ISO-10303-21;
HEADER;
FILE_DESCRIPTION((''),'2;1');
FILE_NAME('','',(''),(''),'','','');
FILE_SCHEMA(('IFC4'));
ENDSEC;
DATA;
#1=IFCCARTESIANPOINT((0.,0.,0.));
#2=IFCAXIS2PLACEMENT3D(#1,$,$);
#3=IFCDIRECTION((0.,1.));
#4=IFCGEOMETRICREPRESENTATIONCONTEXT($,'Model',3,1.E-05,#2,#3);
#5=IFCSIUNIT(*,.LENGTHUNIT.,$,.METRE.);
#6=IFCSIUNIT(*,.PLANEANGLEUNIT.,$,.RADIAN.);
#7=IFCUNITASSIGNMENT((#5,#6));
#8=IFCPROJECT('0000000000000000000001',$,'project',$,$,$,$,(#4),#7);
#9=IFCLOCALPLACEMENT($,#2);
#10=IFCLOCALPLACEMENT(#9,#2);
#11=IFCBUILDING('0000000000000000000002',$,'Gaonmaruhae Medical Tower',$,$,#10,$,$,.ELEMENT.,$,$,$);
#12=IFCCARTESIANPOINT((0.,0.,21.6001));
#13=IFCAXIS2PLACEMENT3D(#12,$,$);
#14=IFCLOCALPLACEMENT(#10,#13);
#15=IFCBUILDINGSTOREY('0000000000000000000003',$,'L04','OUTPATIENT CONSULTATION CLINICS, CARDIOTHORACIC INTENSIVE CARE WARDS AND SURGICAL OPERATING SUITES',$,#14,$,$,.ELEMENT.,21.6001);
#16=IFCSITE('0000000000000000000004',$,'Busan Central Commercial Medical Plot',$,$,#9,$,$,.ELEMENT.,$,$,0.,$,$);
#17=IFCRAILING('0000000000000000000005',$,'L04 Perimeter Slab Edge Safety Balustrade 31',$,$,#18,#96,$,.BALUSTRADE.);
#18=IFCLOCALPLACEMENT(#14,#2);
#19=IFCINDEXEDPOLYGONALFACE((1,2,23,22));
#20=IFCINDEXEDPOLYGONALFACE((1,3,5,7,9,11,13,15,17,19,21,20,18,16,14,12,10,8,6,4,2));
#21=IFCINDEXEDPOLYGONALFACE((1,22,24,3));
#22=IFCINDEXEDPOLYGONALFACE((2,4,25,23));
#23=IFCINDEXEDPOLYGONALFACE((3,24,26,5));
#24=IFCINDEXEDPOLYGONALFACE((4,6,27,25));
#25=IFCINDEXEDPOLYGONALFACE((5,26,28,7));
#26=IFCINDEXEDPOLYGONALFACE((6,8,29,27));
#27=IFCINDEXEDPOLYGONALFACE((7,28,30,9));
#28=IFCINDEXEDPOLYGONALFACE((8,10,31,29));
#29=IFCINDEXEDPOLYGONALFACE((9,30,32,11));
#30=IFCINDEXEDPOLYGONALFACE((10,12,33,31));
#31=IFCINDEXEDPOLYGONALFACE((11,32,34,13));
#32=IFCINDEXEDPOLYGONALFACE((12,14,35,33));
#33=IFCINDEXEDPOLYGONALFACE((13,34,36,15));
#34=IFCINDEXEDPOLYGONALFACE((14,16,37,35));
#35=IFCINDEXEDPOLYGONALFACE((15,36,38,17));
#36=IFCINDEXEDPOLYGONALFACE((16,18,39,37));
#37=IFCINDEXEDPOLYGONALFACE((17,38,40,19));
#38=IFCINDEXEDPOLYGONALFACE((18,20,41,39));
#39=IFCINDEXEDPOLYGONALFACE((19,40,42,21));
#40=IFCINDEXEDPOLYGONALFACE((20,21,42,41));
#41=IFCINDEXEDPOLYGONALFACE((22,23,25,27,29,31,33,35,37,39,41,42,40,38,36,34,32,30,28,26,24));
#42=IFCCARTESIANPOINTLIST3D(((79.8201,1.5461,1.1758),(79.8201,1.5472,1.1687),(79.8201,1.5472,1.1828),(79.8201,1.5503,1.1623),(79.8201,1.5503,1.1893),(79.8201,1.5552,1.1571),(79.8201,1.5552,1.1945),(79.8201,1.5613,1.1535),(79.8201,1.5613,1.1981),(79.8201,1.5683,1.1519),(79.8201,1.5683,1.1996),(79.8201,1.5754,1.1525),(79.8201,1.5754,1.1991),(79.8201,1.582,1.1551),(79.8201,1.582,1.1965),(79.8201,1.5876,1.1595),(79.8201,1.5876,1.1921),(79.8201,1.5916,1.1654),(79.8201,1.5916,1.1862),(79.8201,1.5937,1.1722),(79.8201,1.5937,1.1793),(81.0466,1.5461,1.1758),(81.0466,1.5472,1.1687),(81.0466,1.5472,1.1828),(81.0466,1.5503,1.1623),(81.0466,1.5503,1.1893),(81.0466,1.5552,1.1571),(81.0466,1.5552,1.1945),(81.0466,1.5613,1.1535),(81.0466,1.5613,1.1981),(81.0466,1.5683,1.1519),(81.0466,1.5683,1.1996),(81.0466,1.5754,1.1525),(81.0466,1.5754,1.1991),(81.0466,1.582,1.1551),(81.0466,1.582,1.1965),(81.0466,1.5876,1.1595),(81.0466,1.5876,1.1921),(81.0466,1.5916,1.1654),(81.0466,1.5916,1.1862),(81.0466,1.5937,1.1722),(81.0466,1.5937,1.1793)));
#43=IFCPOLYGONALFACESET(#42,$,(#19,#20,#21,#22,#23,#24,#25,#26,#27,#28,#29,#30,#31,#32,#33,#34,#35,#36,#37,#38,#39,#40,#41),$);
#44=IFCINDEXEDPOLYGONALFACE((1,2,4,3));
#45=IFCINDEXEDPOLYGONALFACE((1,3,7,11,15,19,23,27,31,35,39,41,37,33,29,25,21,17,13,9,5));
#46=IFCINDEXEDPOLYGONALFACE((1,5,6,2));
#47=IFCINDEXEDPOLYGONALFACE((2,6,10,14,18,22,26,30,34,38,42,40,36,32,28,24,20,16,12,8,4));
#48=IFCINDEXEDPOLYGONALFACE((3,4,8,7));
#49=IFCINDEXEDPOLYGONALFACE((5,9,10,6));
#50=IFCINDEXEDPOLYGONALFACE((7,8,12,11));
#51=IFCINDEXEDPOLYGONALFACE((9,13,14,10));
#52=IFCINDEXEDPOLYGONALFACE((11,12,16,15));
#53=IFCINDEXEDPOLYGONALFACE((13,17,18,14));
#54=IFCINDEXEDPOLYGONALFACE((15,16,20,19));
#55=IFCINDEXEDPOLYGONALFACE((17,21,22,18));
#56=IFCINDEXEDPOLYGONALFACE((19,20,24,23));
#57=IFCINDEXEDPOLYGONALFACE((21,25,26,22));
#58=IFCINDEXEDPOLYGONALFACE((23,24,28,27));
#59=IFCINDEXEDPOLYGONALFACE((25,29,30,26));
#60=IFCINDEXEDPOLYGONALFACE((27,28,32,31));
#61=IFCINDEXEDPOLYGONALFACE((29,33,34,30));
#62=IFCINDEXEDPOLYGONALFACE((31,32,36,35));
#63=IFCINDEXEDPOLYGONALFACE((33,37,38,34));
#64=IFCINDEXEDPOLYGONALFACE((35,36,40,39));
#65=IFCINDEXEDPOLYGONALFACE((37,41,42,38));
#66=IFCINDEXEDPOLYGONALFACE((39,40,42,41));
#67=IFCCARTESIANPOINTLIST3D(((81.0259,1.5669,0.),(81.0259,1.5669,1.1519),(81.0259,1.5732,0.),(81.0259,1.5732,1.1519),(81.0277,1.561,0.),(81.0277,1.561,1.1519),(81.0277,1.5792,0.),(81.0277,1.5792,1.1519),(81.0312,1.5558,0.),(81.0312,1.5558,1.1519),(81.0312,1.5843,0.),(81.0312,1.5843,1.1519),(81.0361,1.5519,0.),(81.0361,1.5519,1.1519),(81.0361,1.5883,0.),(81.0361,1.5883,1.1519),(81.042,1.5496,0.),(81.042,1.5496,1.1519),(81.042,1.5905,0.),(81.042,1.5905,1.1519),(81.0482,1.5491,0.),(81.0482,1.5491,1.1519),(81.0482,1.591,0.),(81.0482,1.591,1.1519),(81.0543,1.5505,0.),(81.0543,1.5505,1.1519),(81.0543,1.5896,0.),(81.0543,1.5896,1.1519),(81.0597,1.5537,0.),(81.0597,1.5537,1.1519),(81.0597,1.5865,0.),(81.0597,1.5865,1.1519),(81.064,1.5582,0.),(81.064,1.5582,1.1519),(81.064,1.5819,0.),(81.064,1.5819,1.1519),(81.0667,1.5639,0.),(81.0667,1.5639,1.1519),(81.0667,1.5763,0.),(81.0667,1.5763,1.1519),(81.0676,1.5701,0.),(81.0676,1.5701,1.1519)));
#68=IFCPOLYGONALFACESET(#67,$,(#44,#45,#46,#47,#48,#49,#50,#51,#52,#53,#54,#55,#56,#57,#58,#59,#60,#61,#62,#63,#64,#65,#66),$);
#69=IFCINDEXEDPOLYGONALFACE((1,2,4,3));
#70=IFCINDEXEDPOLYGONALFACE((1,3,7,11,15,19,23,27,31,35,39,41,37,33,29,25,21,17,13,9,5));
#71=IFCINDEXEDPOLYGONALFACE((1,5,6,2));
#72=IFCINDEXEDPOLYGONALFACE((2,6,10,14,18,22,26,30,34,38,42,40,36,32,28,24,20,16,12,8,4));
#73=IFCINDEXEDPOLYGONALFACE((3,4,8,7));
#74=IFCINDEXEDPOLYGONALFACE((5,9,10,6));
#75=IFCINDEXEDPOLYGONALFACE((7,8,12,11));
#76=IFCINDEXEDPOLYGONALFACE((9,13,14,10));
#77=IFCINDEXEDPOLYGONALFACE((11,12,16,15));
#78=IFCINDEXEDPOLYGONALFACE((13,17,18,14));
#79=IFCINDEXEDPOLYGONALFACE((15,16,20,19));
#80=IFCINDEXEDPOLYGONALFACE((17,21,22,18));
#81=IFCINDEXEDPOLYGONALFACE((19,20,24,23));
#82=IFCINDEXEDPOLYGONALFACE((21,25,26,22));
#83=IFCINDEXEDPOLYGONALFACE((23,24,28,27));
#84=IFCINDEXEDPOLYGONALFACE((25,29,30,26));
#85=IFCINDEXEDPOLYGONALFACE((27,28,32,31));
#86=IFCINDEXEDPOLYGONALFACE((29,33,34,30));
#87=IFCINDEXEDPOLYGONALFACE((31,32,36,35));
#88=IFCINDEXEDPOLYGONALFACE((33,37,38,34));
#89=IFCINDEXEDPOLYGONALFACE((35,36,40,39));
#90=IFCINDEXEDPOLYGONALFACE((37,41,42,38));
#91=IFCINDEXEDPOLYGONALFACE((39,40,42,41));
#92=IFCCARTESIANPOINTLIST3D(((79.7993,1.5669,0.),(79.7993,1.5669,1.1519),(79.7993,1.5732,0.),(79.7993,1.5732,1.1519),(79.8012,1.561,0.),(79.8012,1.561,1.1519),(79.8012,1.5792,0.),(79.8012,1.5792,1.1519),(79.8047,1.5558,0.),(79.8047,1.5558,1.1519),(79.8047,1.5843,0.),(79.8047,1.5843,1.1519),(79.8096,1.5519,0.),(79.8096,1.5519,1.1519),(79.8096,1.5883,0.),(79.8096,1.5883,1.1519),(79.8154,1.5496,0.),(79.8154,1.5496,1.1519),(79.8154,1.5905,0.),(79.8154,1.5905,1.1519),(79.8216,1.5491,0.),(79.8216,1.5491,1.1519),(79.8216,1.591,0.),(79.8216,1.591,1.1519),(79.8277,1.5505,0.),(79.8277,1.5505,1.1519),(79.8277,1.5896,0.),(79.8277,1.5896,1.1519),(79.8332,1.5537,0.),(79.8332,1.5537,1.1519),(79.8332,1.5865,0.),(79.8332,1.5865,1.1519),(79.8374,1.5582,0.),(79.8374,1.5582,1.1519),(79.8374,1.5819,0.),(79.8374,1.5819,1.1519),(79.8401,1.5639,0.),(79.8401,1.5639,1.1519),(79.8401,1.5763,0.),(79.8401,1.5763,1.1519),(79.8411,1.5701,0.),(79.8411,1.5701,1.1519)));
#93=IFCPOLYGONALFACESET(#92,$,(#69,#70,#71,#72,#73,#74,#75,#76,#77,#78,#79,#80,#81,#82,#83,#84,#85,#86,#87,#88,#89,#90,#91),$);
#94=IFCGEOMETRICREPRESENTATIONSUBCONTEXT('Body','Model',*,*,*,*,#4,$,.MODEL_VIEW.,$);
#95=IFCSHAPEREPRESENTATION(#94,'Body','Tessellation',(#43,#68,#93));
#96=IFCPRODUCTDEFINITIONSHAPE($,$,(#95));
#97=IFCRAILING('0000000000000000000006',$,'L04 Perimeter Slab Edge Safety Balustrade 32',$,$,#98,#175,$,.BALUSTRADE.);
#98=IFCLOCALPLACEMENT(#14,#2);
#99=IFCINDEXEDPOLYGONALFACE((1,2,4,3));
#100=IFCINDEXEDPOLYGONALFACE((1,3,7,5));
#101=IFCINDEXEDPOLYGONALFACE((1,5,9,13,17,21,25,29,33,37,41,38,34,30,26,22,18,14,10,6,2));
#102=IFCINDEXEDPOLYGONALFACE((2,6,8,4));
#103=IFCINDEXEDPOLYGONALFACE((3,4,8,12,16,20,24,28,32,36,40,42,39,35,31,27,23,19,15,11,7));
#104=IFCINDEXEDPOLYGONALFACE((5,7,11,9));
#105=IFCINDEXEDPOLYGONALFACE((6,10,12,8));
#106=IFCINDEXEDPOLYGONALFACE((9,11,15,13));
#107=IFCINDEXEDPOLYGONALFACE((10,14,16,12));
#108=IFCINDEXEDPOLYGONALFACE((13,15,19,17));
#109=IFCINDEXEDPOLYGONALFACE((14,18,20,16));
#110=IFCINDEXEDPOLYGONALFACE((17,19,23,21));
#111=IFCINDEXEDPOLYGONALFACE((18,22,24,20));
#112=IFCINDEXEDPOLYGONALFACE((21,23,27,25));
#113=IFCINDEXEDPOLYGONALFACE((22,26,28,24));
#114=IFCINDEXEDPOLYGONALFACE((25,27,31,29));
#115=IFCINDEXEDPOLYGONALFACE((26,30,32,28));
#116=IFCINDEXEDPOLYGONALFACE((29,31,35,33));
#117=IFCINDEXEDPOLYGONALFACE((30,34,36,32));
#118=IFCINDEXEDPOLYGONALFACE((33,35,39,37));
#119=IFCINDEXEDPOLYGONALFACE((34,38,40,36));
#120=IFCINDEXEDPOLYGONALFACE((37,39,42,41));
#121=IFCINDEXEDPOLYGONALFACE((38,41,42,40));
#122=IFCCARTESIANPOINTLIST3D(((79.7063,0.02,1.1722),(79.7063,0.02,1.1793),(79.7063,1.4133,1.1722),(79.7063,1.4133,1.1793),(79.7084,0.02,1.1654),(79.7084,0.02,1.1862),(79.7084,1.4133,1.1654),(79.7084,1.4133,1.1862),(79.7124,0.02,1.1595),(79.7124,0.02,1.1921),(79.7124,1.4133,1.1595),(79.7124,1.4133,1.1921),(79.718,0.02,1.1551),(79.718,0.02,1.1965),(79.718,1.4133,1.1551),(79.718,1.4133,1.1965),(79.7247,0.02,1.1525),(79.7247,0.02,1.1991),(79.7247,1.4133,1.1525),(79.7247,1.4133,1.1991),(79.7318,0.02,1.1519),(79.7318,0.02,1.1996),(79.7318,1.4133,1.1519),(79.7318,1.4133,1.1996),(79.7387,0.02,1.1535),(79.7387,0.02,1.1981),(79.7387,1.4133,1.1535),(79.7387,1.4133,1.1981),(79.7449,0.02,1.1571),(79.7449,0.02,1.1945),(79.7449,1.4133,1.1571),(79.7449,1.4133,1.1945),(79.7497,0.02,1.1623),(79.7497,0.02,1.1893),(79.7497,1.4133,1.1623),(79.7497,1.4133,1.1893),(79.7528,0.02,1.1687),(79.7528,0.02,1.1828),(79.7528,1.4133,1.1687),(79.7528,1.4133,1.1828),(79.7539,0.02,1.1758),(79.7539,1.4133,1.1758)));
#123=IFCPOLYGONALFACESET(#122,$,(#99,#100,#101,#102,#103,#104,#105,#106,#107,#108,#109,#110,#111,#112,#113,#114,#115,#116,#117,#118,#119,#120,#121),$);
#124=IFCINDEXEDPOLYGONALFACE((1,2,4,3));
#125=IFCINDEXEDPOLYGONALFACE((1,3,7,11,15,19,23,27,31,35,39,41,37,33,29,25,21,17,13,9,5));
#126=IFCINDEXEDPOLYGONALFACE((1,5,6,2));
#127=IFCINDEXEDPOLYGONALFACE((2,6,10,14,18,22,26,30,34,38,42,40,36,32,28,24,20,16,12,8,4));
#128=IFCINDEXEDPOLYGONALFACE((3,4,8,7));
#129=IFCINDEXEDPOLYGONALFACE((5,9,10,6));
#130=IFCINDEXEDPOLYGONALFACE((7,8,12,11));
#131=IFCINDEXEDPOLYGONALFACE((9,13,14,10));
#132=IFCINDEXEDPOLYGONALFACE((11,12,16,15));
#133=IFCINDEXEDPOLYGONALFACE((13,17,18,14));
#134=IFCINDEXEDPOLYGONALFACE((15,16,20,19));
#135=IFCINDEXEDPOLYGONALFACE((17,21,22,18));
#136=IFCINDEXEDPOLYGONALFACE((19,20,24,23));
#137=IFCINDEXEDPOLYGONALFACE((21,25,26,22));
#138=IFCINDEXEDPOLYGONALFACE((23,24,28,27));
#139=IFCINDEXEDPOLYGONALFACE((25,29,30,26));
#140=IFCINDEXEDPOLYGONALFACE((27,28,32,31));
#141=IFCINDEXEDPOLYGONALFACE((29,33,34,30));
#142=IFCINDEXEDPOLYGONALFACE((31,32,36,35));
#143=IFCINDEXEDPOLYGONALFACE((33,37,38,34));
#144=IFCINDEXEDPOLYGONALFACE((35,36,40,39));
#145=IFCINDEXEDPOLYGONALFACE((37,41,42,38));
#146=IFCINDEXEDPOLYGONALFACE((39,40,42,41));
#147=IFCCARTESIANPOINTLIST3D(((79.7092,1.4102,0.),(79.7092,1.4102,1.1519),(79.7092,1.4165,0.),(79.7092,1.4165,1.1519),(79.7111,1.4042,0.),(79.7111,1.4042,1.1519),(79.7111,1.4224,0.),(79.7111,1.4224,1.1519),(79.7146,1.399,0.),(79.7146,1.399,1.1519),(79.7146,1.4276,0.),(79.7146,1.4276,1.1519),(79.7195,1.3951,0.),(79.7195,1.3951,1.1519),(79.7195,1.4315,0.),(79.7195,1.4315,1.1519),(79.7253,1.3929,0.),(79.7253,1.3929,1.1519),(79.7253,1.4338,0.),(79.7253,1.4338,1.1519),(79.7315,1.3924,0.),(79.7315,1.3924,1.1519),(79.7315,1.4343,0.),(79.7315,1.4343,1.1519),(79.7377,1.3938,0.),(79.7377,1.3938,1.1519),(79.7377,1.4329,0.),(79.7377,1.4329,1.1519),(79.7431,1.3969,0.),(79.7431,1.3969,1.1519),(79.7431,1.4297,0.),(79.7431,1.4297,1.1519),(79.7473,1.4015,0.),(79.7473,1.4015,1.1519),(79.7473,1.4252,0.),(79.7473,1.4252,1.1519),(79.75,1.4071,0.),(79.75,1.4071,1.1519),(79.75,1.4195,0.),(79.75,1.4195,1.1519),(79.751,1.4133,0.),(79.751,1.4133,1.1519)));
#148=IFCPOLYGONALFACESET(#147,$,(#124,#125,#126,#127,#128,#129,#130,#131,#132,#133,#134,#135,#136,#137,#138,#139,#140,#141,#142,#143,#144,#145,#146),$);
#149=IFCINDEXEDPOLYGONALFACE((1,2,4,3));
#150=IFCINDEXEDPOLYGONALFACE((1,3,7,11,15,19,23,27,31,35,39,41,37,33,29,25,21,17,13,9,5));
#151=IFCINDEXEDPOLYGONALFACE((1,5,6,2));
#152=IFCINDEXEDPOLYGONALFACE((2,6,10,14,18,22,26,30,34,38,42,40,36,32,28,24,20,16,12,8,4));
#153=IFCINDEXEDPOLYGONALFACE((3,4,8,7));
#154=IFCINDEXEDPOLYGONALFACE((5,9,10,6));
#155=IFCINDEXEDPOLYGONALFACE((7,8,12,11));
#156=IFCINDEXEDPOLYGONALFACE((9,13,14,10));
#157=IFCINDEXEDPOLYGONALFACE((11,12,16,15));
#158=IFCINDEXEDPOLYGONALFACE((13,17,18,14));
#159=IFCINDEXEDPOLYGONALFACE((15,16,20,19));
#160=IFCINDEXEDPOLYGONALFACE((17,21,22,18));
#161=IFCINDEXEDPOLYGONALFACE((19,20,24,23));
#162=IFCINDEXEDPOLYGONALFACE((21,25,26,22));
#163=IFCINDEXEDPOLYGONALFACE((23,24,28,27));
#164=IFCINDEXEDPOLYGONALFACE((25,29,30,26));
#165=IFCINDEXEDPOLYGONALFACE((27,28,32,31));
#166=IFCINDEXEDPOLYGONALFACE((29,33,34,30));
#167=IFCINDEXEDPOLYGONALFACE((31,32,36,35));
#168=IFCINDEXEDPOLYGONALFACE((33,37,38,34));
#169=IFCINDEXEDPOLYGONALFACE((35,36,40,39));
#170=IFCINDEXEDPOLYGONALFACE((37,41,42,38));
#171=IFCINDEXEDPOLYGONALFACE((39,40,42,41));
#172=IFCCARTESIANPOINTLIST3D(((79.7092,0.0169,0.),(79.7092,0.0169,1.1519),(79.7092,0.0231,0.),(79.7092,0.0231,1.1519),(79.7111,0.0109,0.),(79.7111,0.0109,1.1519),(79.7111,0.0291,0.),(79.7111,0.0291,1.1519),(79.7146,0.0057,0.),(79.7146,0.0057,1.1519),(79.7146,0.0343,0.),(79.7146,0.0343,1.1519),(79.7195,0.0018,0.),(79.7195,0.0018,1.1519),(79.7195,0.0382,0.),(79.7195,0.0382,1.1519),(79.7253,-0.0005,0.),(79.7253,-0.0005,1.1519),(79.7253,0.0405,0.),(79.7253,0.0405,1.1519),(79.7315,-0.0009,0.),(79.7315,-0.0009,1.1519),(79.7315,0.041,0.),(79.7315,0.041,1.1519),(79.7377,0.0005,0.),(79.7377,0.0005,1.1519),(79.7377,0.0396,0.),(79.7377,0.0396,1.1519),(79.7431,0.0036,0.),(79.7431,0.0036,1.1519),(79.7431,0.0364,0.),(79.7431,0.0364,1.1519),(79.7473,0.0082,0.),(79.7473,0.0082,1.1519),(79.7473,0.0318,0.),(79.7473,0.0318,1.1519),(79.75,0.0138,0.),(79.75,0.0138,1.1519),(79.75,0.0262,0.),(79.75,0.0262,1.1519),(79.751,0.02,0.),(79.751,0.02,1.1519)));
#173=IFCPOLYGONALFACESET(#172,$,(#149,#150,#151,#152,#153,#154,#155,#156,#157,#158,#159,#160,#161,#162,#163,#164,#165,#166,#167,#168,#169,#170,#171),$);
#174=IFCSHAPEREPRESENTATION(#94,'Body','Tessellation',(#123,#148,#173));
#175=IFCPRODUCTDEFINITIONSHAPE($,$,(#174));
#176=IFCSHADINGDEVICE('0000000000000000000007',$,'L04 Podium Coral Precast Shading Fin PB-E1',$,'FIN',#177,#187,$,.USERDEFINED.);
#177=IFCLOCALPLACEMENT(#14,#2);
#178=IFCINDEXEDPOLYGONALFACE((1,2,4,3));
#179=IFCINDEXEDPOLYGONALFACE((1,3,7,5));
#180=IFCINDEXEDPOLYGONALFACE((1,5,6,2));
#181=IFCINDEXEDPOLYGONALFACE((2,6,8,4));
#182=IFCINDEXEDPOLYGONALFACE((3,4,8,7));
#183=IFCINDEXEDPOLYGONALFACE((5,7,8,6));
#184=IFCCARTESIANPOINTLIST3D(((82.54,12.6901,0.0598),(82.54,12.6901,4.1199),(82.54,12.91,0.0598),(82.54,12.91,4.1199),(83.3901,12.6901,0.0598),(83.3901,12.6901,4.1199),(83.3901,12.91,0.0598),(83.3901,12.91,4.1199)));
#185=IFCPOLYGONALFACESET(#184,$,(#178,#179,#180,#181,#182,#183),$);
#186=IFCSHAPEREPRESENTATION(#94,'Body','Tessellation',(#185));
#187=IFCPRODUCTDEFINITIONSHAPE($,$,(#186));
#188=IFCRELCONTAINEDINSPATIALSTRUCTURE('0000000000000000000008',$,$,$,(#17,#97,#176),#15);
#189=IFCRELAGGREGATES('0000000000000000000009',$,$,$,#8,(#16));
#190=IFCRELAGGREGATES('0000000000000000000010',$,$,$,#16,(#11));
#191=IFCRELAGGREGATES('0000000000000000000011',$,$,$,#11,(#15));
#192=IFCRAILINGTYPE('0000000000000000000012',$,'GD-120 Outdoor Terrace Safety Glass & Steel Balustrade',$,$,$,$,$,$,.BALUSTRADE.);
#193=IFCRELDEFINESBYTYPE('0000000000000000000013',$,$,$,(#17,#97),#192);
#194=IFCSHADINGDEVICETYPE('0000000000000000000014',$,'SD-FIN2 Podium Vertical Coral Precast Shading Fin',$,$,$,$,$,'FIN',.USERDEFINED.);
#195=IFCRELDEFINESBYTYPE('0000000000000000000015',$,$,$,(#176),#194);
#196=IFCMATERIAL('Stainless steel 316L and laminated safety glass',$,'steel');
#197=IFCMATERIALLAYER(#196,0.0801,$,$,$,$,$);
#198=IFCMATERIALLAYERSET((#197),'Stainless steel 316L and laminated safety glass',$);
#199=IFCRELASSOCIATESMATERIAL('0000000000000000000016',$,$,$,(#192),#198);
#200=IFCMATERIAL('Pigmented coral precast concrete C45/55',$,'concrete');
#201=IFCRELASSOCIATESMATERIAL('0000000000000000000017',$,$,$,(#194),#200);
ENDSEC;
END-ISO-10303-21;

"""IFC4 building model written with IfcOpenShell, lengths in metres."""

from ifc_helpers import new_model, si_unit, direction, frame, origin, origin_2d, place, context, subcontext, project, spatial, rectangle, circle, extrude, material, layer, layer_set, type_object, element, save


model = new_model("IFC4")

# Units and contexts
model_context = context("Model", 3, precision=1e-05, world=origin(), true_north=direction((0.0, 1.0)))
body_context = subcontext(model_context, "Body", "Model", "MODEL_VIEW")
ifc_project = project(units=[si_unit("LENGTHUNIT", "METRE"), si_unit("PLANEANGLEUNIT", "RADIAN")], contexts=[model_context])

# Site, building, storey
site_placement = place(None, origin())
site = spatial("IfcSite", under=ifc_project, at=site_placement, Name="Busan Central Commercial Medical Plot", CompositionType="ELEMENT", RefElevation=0.0)
building_placement = place(site_placement, origin())
building = spatial("IfcBuilding", under=site, at=building_placement, Name="Gaonmaruhae Medical Tower", CompositionType="ELEMENT")
storey_placement = place(building_placement, frame((0.0, 0.0, 21.6001)))
storey = spatial("IfcBuildingStorey", under=building, at=storey_placement, Name="L04", Description="OUTPATIENT CONSULTATION CLINICS, CARDIOTHORACIC INTENSIVE CARE WARDS AND SURGICAL OPERATING SUITES", CompositionType="ELEMENT", Elevation=21.6001)

# Railings
ifc_material_1 = material(Name="Stainless steel 316L and laminated safety glass", Category="steel")
ifc_layer_1 = layer(ifc_material_1, 0.0801)
ifc_layer_set_1 = layer_set([ifc_layer_1], Name="Stainless steel 316L and laminated safety glass")
railing_type = type_object("IfcRailingType", Name="GD-120 Outdoor Terrace Safety Glass & Steel Balustrade", PredefinedType="BALUSTRADE", material=ifc_layer_set_1)
railing_1_placement = place(storey_placement, frame((81.0466, 1.5701, 0.0)))
element("IfcRailing", 1, at=railing_1_placement, inside=storey, type_object=railing_type, Name="L04 Perimeter Slab Edge Safety Balustrade 31", PredefinedType="BALUSTRADE", context=body_context, shape_type="SweptSolid", body=[
    extrude(circle(Radius=0.0239, at=origin_2d()), frame((0.0, 0.0, 1.1758), z_axis=(-1.0, 0.0, 0.0), x_axis=(0.0, -1.0, 0.0)), (0.0, 0.0, 1.0), 1.2266),
    extrude(circle(Radius=0.021, at=origin_2d()), origin(), (0.0, 0.0, 1.0), 1.1519),
    extrude(circle(Radius=0.021, at=origin_2d()), frame((-1.2266, 0.0, 0.0)), (0.0, 0.0, 1.0), 1.1519),
])
railing_2_placement = place(storey_placement, frame((79.73, 1.4133, 0.0)))
element("IfcRailing", 2, at=railing_2_placement, inside=storey, type_object=railing_type, Name="L04 Perimeter Slab Edge Safety Balustrade 32", PredefinedType="BALUSTRADE", context=body_context, shape_type="SweptSolid", body=[
    extrude(circle(Radius=0.0239, at=origin_2d()), frame((0.0, 0.0, 1.1758), z_axis=(0.0, -1.0, 0.0), x_axis=(1.0, 0.0, 0.0)), (0.0, 0.0, 1.0), 1.3933),
    extrude(circle(Radius=0.021, at=origin_2d()), origin(), (0.0, 0.0, 1.0), 1.1519),
    extrude(circle(Radius=0.021, at=origin_2d()), frame((0.0, -1.3933, 0.0)), (0.0, 0.0, 1.0), 1.1519),
])

# Shading device
ifc_material_2 = material(Name="Pigmented coral precast concrete C45/55", Category="concrete")
shading_device_type = type_object("IfcShadingDeviceType", Name="SD-FIN2 Podium Vertical Coral Precast Shading Fin", ElementType="FIN", PredefinedType="USERDEFINED", material=ifc_material_2)
shading_device_placement = place(storey_placement, frame((82.9651, 12.8, 0.0598), z_axis=(0.0, 0.0, 1.0), x_axis=(0.0, -1.0, 0.0)))
element("IfcShadingDevice", 3, at=shading_device_placement, inside=storey, type_object=shading_device_type, Name="L04 Podium Coral Precast Shading Fin PB-E1", ObjectType="FIN", PredefinedType="USERDEFINED", context=body_context, shape_type="SweptSolid", body=[
    extrude(rectangle(XDim=0.22, YDim=0.8501, at=origin_2d()), origin(), (0.0, 0.0, 1.0), 4.0601),
])

save(model, "model.ifc")
